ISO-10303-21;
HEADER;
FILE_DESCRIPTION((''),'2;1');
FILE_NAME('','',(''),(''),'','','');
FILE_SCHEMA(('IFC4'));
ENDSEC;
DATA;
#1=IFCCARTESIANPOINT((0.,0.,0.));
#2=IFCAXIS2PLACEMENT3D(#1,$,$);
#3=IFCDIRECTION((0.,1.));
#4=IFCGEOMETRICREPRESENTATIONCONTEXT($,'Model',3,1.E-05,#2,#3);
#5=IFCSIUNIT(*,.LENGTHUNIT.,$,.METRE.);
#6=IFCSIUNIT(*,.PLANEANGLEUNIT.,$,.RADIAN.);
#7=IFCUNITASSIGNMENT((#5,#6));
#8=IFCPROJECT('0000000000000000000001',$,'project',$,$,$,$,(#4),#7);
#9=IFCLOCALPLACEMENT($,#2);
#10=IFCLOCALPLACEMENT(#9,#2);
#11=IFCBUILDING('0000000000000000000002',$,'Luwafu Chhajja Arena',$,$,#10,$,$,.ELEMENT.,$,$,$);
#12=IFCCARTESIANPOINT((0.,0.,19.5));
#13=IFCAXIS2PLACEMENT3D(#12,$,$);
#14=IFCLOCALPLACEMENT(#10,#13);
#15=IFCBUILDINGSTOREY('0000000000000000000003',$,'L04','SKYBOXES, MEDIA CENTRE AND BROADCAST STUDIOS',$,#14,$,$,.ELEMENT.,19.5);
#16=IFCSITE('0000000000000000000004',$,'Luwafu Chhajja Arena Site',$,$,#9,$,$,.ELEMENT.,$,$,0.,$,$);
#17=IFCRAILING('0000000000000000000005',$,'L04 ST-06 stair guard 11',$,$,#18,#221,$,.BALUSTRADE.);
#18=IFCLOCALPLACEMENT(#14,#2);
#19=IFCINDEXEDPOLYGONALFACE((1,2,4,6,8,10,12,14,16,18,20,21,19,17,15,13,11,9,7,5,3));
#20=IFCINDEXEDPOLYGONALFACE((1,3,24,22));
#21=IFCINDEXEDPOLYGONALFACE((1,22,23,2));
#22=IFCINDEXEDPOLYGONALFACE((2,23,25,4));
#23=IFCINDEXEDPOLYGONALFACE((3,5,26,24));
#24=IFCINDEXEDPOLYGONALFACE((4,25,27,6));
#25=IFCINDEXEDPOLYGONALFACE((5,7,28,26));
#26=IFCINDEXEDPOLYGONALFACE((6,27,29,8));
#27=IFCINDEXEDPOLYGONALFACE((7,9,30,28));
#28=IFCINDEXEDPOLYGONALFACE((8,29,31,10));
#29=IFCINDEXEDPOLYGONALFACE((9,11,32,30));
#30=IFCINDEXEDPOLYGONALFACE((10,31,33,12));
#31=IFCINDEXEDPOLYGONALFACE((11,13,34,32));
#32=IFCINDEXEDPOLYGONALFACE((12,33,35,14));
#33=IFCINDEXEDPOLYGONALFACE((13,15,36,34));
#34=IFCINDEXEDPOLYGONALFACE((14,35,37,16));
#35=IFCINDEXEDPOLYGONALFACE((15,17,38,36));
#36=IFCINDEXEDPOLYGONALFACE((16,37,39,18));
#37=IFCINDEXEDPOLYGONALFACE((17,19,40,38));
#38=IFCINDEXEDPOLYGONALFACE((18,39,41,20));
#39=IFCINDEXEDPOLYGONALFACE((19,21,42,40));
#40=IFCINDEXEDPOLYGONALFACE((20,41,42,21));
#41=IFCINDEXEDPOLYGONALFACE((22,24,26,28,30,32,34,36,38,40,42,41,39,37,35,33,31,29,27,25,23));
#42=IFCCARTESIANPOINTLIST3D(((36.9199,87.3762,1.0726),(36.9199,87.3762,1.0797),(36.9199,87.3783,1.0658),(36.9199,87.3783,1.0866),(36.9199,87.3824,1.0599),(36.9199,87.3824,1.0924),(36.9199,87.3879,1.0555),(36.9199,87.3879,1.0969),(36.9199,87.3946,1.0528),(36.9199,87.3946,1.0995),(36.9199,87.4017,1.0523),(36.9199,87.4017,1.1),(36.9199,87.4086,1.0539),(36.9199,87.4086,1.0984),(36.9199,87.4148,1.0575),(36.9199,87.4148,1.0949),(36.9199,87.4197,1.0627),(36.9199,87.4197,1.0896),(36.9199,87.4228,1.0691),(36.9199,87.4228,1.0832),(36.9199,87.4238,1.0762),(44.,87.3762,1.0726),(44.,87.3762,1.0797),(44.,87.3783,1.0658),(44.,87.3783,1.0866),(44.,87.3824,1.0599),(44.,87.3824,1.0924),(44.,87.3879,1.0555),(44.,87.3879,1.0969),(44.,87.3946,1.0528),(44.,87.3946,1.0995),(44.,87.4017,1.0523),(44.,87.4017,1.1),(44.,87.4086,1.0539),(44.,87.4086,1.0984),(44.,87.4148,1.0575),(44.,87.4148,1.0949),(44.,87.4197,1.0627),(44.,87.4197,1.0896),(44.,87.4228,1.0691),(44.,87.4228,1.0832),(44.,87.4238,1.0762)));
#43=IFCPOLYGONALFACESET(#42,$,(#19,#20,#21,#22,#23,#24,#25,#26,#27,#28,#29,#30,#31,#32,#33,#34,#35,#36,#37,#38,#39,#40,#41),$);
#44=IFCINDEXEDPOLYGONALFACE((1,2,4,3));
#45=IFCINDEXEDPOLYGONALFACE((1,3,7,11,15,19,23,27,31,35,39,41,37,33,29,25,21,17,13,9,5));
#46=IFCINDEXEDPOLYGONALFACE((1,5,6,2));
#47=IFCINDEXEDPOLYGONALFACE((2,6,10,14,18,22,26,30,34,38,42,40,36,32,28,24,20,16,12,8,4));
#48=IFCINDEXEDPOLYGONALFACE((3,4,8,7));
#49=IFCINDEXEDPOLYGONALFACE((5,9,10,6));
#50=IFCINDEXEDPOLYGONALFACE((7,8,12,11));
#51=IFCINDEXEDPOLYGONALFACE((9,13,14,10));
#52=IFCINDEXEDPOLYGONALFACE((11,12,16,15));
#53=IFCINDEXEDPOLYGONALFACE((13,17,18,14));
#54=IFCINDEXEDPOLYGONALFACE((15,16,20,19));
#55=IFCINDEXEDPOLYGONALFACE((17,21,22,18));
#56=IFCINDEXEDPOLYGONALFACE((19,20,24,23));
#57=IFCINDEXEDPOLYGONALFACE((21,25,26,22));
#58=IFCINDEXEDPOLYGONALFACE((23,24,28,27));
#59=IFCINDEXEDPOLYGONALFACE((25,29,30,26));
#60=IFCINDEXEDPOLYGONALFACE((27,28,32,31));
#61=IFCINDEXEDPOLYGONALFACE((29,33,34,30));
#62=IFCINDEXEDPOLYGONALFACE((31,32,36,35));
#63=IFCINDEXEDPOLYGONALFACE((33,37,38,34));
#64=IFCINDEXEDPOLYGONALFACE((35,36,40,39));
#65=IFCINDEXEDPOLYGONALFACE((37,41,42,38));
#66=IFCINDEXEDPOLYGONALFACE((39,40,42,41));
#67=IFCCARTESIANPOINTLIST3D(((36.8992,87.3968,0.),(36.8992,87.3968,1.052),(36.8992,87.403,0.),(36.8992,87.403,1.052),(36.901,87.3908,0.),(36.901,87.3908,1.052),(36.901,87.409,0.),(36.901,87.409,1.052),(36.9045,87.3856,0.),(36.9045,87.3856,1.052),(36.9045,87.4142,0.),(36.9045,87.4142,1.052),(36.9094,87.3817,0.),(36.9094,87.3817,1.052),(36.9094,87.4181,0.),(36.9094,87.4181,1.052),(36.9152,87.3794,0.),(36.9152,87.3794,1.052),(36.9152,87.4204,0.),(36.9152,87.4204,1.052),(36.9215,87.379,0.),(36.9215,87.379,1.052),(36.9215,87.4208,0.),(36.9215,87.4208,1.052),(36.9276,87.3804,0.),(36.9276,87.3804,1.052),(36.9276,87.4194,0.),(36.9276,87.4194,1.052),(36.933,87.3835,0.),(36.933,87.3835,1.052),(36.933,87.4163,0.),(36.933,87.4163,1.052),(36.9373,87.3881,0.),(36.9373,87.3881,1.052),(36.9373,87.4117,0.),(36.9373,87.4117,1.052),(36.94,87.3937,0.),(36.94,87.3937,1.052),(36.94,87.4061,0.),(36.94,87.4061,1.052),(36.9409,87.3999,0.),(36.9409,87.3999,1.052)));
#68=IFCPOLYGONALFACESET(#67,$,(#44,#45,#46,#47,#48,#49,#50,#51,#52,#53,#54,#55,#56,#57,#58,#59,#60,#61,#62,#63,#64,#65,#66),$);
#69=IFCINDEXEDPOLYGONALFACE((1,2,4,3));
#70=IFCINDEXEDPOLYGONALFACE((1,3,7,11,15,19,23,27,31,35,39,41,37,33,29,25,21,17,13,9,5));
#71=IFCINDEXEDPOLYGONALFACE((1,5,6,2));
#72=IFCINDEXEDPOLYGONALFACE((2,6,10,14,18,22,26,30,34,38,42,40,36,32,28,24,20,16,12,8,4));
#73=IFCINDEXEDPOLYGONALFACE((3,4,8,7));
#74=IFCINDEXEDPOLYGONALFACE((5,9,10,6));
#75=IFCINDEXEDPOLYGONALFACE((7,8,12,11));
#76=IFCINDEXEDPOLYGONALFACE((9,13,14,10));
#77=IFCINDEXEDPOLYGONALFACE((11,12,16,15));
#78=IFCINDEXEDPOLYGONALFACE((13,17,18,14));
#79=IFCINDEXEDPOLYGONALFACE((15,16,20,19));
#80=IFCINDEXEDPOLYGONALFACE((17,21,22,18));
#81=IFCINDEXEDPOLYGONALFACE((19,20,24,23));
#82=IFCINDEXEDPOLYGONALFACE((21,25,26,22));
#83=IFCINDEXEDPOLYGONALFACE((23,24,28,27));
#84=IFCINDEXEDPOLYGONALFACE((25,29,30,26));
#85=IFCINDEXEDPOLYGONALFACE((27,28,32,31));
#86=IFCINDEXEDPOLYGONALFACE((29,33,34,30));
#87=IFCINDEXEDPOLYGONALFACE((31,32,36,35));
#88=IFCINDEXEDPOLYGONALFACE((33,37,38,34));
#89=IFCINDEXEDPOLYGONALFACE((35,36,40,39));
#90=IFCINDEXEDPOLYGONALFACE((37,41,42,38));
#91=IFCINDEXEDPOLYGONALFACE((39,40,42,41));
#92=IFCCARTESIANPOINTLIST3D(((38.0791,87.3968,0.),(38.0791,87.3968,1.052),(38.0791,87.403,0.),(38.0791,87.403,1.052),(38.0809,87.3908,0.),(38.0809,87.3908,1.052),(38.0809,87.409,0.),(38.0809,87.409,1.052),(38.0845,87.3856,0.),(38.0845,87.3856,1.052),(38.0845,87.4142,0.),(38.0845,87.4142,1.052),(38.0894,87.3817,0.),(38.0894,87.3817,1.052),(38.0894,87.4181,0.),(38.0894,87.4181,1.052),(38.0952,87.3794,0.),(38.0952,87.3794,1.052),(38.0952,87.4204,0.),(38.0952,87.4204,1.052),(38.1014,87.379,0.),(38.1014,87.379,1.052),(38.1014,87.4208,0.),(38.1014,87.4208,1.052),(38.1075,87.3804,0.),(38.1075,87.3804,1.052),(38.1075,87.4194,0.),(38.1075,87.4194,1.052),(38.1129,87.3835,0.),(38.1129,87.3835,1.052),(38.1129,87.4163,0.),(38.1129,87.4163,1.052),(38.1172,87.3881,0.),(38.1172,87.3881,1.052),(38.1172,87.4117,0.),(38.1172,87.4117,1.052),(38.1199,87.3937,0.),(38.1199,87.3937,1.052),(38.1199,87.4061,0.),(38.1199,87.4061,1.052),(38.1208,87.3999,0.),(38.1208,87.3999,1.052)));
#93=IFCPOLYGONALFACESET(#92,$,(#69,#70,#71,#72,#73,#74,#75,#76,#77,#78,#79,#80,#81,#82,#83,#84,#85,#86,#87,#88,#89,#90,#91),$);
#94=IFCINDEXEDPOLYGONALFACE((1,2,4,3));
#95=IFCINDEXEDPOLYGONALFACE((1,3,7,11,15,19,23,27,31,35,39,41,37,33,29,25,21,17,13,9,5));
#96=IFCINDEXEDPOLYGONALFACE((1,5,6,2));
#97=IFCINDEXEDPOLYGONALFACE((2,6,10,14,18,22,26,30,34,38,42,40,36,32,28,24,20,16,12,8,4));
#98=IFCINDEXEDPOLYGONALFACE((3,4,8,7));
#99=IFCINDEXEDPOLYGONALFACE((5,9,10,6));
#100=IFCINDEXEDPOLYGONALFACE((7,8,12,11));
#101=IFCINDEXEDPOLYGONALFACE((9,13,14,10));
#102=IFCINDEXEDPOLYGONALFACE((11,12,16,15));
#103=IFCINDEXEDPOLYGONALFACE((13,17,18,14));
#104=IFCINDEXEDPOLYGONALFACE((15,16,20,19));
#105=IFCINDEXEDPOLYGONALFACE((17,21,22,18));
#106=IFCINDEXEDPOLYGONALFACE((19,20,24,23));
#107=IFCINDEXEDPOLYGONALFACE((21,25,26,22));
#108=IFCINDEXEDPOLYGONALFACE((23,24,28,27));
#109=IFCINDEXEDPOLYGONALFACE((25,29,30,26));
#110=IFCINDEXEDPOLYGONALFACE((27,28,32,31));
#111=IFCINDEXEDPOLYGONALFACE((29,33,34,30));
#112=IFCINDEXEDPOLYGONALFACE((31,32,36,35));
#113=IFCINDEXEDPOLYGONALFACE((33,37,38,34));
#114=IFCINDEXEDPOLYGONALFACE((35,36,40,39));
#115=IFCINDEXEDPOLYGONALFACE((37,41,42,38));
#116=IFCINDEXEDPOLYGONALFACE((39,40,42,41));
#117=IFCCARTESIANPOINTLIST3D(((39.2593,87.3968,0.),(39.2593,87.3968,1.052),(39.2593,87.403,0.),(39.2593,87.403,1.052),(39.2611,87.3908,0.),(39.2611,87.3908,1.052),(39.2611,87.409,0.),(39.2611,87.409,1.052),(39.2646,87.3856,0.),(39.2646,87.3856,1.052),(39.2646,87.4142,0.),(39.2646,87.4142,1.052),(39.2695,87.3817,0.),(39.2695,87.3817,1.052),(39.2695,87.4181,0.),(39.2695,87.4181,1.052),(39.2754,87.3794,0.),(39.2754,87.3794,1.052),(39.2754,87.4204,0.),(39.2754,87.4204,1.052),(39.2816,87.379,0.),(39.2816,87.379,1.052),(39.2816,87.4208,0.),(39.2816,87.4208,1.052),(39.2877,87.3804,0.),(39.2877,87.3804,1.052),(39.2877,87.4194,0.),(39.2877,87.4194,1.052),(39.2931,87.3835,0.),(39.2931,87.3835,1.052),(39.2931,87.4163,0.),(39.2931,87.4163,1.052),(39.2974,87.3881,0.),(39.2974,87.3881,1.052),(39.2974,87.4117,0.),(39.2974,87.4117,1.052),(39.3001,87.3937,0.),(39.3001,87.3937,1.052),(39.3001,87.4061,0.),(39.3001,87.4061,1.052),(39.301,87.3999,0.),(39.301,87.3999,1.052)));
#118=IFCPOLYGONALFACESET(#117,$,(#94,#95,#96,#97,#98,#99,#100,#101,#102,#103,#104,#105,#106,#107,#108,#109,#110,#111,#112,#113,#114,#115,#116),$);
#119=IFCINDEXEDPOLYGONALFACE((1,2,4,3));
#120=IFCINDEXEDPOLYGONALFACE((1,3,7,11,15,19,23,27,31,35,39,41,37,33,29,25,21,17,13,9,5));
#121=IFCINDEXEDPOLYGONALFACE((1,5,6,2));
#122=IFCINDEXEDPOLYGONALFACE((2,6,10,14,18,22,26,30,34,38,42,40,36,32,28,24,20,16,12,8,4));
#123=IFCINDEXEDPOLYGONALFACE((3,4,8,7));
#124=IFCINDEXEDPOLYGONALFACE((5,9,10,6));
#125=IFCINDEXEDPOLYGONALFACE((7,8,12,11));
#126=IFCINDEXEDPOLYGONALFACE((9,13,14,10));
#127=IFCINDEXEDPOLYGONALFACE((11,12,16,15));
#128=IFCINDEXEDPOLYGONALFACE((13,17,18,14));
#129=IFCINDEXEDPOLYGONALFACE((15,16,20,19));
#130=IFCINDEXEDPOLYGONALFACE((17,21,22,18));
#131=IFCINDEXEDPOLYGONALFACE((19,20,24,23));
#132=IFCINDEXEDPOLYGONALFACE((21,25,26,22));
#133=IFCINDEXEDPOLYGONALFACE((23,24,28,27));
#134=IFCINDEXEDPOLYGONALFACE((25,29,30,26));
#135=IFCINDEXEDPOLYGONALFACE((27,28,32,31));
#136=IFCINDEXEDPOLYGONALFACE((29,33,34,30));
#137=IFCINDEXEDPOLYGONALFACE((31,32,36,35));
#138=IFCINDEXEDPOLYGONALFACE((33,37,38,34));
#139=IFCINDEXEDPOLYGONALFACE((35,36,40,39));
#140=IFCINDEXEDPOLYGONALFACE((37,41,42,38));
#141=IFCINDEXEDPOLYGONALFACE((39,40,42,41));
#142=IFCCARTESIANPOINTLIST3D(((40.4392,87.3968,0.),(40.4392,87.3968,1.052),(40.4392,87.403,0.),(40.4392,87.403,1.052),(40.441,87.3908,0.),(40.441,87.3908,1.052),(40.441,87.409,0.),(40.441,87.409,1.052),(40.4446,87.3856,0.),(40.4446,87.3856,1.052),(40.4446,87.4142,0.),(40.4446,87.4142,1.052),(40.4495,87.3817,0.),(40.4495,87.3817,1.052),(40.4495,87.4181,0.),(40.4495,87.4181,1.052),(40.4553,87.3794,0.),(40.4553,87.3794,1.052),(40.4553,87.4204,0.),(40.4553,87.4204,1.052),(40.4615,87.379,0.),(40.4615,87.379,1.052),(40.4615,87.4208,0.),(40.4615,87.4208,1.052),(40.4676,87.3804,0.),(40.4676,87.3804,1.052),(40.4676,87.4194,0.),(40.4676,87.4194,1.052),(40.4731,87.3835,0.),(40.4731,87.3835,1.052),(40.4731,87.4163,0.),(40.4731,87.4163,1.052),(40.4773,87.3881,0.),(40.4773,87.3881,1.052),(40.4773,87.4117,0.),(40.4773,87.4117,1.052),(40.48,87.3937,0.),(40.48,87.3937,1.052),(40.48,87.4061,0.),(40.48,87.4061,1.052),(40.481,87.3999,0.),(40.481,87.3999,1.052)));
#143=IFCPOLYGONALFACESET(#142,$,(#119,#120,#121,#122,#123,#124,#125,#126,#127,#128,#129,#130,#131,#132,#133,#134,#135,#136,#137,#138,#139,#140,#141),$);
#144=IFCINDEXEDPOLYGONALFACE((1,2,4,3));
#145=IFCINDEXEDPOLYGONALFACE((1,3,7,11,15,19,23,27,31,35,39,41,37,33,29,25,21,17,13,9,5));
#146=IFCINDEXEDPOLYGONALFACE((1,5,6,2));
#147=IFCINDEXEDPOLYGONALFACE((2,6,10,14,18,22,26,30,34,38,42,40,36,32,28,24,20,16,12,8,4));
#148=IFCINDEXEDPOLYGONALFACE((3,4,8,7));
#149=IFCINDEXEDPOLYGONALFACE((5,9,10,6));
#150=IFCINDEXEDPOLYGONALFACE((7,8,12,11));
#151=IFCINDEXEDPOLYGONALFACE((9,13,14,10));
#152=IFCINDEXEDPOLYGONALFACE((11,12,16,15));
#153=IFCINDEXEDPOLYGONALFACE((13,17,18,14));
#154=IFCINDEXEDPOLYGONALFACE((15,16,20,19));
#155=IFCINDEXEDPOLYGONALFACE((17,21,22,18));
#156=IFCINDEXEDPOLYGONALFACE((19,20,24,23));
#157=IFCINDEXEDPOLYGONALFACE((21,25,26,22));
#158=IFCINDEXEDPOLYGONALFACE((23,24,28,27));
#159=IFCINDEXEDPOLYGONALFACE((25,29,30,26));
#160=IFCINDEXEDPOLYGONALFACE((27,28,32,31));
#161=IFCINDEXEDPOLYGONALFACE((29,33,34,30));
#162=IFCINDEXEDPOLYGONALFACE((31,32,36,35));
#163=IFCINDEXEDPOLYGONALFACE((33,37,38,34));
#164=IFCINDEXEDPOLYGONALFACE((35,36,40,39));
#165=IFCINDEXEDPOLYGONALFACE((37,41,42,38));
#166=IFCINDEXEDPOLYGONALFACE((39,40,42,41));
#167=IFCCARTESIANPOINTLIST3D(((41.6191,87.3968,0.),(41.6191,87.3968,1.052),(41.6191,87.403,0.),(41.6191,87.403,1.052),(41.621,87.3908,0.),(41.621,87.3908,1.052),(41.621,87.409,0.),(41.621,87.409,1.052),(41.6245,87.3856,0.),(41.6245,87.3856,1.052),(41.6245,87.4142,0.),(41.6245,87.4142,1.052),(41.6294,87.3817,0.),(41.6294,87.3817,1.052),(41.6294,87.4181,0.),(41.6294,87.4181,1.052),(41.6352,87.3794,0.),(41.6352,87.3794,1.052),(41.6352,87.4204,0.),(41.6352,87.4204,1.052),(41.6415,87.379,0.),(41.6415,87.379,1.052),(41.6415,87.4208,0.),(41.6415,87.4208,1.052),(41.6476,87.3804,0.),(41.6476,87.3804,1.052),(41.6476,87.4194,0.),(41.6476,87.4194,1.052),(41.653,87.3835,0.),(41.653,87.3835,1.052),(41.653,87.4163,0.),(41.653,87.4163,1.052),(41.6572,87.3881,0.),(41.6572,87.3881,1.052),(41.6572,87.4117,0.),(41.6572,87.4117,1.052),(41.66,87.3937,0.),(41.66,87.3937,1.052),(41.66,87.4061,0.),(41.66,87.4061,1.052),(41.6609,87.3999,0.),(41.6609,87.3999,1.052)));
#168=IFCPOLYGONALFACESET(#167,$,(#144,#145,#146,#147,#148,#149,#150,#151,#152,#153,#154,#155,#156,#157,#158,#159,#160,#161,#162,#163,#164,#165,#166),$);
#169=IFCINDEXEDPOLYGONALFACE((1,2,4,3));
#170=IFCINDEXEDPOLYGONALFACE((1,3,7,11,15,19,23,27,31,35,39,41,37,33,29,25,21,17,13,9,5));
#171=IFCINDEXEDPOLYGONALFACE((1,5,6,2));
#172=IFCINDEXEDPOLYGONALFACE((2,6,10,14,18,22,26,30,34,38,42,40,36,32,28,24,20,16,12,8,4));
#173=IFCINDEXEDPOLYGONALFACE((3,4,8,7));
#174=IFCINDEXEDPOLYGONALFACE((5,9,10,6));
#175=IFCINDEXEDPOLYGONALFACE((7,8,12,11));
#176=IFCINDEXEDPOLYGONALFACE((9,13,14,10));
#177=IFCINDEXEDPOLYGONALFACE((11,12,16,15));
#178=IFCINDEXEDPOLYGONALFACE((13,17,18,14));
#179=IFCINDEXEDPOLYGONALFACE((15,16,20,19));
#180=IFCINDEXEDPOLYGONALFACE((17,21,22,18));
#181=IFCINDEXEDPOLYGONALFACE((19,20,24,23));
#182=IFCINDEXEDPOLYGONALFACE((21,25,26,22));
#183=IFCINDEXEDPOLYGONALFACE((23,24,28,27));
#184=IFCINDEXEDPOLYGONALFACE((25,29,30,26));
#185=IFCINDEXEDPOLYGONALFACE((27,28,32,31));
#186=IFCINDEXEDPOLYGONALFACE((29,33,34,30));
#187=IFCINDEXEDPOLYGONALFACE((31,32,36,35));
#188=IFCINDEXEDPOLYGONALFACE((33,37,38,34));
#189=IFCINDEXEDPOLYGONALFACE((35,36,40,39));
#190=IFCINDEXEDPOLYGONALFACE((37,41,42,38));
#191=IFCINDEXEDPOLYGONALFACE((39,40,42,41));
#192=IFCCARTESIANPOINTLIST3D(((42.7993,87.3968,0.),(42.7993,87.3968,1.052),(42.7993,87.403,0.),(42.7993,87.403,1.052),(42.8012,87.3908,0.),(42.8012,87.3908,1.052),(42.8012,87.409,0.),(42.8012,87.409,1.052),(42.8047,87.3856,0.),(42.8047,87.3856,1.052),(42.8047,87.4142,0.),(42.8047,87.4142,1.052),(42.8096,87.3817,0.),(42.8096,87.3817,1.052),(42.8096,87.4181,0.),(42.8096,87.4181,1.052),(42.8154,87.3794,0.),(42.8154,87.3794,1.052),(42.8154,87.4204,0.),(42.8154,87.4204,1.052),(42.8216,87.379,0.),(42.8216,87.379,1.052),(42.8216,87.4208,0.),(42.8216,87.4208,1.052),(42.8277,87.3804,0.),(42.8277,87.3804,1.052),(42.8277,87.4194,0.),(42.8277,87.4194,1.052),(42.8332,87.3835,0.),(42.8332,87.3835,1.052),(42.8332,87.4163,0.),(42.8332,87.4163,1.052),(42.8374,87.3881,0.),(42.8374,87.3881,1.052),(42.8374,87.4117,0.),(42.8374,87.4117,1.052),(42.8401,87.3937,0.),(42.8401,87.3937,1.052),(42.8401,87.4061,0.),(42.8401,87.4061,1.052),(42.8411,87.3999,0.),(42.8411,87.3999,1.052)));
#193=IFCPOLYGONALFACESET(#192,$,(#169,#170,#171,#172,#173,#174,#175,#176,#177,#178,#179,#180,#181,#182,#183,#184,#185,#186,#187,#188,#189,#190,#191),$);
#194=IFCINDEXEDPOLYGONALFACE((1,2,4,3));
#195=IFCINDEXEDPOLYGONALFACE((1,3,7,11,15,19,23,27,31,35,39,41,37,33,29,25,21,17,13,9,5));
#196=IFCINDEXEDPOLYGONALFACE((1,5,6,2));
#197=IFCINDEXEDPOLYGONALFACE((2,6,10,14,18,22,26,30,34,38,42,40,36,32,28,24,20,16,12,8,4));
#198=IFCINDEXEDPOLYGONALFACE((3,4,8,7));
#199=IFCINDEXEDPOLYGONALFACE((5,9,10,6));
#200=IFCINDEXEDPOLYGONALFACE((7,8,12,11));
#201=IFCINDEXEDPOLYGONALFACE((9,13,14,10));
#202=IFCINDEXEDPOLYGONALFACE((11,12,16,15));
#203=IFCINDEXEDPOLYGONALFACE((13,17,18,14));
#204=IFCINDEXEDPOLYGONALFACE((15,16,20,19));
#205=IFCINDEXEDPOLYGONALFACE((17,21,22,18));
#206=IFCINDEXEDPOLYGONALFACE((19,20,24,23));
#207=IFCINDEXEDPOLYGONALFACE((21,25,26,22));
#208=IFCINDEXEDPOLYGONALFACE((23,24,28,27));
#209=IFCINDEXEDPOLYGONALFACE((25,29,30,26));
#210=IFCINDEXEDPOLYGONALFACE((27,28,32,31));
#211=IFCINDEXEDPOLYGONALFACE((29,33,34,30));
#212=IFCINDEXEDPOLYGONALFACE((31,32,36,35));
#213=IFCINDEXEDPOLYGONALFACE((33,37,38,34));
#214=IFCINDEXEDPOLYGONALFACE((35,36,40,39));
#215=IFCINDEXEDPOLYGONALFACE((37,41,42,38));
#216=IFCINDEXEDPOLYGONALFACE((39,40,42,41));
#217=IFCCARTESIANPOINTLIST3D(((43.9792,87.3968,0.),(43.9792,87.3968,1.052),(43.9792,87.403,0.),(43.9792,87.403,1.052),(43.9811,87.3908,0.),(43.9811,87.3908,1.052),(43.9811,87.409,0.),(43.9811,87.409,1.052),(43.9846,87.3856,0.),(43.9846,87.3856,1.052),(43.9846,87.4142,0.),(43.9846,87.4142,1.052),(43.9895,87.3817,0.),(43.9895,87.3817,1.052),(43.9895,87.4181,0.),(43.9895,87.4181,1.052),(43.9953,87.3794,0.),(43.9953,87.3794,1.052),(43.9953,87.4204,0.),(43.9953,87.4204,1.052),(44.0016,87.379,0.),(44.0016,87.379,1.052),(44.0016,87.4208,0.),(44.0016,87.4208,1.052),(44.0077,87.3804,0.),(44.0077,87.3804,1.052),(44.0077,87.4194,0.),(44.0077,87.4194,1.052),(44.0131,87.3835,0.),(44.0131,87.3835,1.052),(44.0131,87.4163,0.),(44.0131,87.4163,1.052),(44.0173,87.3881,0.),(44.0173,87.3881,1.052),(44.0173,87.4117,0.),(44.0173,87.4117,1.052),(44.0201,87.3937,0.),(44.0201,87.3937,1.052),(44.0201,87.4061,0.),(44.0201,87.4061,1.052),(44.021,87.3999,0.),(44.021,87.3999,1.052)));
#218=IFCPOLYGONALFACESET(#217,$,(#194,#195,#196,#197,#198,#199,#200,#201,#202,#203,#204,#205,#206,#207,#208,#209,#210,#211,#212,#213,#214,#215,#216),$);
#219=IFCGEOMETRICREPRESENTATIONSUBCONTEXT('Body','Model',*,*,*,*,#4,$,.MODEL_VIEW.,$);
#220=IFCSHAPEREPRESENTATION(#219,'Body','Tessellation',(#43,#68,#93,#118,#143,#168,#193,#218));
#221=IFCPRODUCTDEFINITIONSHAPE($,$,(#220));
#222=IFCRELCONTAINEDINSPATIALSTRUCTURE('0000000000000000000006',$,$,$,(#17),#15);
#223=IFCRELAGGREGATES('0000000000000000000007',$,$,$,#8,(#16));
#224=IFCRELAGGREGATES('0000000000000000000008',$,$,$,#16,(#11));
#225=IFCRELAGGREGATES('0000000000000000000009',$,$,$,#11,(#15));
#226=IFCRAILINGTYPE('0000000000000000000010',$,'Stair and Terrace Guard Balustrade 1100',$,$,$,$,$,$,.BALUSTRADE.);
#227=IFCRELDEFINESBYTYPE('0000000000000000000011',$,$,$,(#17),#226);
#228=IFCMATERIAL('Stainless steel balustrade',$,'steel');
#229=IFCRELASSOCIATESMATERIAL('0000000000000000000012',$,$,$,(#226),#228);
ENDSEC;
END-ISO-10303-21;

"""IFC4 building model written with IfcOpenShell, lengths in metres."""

from ifc_helpers import new_model, si_unit, direction, frame, origin, origin_2d, place, context, subcontext, project, spatial, circle, extrude, material, type_object, element, save


model = new_model("IFC4")

# Units and contexts
model_context = context("Model", 3, precision=1e-05, world=origin(), true_north=direction((0.0, 1.0)))
body_context = subcontext(model_context, "Body", "Model", "MODEL_VIEW")
ifc_project = project(units=[si_unit("LENGTHUNIT", "METRE"), si_unit("PLANEANGLEUNIT", "RADIAN")], contexts=[model_context])

# Site, building, storey
site_placement = place(None, origin())
site = spatial("IfcSite", under=ifc_project, at=site_placement, Name="Luwafu Chhajja Arena Site", CompositionType="ELEMENT", RefElevation=0.0)
building_placement = place(site_placement, origin())
building = spatial("IfcBuilding", under=site, at=building_placement, Name="Luwafu Chhajja Arena", CompositionType="ELEMENT")
storey_placement = place(building_placement, frame((0.0, 0.0, 19.5)))
storey = spatial("IfcBuildingStorey", under=building, at=storey_placement, Name="L04", Description="SKYBOXES, MEDIA CENTRE AND BROADCAST STUDIOS", CompositionType="ELEMENT", Elevation=19.5)

# Railing
ifc_material_1 = material(Name="Stainless steel balustrade", Category="steel")
railing_type = type_object("IfcRailingType", Name="Stair and Terrace Guard Balustrade 1100", PredefinedType="BALUSTRADE", material=ifc_material_1)
for number, where, name in (
    (1, (36.9199, 87.3999, 0.0), "L04 ST-06 stair guard 11"),
):
    element("IfcRailing", number, at=place(storey_placement, frame(where)), inside=storey, type_object=railing_type, Name=name, PredefinedType="BALUSTRADE", context=body_context, shape_type="SweptSolid", body=[
        extrude(circle(Radius=0.0239, at=origin_2d()), frame((0.0, 0.0, 1.0762), z_axis=(1.0, 0.0, 0.0), x_axis=(0.0, 1.0, 0.0)), (0.0, 0.0, 1.0), 7.0801),
        extrude(circle(Radius=0.021, at=origin_2d()), origin(), (0.0, 0.0, 1.0), 1.052),
        extrude(circle(Radius=0.021, at=origin_2d()), frame((1.1799, 0.0, 0.0)), (0.0, 0.0, 1.0), 1.052),
        extrude(circle(Radius=0.021, at=origin_2d()), frame((2.3601, 0.0, 0.0)), (0.0, 0.0, 1.0), 1.052),
        extrude(circle(Radius=0.021, at=origin_2d()), frame((3.54, 0.0, 0.0)), (0.0, 0.0, 1.0), 1.052),
        extrude(circle(Radius=0.021, at=origin_2d()), frame((4.72, 0.0, 0.0)), (0.0, 0.0, 1.0), 1.052),
        extrude(circle(Radius=0.021, at=origin_2d()), frame((5.9001, 0.0, 0.0)), (0.0, 0.0, 1.0), 1.052),
        extrude(circle(Radius=0.021, at=origin_2d()), frame((7.0801, 0.0, 0.0)), (0.0, 0.0, 1.0), 1.052),
    ])

save(model, "model.ifc")
